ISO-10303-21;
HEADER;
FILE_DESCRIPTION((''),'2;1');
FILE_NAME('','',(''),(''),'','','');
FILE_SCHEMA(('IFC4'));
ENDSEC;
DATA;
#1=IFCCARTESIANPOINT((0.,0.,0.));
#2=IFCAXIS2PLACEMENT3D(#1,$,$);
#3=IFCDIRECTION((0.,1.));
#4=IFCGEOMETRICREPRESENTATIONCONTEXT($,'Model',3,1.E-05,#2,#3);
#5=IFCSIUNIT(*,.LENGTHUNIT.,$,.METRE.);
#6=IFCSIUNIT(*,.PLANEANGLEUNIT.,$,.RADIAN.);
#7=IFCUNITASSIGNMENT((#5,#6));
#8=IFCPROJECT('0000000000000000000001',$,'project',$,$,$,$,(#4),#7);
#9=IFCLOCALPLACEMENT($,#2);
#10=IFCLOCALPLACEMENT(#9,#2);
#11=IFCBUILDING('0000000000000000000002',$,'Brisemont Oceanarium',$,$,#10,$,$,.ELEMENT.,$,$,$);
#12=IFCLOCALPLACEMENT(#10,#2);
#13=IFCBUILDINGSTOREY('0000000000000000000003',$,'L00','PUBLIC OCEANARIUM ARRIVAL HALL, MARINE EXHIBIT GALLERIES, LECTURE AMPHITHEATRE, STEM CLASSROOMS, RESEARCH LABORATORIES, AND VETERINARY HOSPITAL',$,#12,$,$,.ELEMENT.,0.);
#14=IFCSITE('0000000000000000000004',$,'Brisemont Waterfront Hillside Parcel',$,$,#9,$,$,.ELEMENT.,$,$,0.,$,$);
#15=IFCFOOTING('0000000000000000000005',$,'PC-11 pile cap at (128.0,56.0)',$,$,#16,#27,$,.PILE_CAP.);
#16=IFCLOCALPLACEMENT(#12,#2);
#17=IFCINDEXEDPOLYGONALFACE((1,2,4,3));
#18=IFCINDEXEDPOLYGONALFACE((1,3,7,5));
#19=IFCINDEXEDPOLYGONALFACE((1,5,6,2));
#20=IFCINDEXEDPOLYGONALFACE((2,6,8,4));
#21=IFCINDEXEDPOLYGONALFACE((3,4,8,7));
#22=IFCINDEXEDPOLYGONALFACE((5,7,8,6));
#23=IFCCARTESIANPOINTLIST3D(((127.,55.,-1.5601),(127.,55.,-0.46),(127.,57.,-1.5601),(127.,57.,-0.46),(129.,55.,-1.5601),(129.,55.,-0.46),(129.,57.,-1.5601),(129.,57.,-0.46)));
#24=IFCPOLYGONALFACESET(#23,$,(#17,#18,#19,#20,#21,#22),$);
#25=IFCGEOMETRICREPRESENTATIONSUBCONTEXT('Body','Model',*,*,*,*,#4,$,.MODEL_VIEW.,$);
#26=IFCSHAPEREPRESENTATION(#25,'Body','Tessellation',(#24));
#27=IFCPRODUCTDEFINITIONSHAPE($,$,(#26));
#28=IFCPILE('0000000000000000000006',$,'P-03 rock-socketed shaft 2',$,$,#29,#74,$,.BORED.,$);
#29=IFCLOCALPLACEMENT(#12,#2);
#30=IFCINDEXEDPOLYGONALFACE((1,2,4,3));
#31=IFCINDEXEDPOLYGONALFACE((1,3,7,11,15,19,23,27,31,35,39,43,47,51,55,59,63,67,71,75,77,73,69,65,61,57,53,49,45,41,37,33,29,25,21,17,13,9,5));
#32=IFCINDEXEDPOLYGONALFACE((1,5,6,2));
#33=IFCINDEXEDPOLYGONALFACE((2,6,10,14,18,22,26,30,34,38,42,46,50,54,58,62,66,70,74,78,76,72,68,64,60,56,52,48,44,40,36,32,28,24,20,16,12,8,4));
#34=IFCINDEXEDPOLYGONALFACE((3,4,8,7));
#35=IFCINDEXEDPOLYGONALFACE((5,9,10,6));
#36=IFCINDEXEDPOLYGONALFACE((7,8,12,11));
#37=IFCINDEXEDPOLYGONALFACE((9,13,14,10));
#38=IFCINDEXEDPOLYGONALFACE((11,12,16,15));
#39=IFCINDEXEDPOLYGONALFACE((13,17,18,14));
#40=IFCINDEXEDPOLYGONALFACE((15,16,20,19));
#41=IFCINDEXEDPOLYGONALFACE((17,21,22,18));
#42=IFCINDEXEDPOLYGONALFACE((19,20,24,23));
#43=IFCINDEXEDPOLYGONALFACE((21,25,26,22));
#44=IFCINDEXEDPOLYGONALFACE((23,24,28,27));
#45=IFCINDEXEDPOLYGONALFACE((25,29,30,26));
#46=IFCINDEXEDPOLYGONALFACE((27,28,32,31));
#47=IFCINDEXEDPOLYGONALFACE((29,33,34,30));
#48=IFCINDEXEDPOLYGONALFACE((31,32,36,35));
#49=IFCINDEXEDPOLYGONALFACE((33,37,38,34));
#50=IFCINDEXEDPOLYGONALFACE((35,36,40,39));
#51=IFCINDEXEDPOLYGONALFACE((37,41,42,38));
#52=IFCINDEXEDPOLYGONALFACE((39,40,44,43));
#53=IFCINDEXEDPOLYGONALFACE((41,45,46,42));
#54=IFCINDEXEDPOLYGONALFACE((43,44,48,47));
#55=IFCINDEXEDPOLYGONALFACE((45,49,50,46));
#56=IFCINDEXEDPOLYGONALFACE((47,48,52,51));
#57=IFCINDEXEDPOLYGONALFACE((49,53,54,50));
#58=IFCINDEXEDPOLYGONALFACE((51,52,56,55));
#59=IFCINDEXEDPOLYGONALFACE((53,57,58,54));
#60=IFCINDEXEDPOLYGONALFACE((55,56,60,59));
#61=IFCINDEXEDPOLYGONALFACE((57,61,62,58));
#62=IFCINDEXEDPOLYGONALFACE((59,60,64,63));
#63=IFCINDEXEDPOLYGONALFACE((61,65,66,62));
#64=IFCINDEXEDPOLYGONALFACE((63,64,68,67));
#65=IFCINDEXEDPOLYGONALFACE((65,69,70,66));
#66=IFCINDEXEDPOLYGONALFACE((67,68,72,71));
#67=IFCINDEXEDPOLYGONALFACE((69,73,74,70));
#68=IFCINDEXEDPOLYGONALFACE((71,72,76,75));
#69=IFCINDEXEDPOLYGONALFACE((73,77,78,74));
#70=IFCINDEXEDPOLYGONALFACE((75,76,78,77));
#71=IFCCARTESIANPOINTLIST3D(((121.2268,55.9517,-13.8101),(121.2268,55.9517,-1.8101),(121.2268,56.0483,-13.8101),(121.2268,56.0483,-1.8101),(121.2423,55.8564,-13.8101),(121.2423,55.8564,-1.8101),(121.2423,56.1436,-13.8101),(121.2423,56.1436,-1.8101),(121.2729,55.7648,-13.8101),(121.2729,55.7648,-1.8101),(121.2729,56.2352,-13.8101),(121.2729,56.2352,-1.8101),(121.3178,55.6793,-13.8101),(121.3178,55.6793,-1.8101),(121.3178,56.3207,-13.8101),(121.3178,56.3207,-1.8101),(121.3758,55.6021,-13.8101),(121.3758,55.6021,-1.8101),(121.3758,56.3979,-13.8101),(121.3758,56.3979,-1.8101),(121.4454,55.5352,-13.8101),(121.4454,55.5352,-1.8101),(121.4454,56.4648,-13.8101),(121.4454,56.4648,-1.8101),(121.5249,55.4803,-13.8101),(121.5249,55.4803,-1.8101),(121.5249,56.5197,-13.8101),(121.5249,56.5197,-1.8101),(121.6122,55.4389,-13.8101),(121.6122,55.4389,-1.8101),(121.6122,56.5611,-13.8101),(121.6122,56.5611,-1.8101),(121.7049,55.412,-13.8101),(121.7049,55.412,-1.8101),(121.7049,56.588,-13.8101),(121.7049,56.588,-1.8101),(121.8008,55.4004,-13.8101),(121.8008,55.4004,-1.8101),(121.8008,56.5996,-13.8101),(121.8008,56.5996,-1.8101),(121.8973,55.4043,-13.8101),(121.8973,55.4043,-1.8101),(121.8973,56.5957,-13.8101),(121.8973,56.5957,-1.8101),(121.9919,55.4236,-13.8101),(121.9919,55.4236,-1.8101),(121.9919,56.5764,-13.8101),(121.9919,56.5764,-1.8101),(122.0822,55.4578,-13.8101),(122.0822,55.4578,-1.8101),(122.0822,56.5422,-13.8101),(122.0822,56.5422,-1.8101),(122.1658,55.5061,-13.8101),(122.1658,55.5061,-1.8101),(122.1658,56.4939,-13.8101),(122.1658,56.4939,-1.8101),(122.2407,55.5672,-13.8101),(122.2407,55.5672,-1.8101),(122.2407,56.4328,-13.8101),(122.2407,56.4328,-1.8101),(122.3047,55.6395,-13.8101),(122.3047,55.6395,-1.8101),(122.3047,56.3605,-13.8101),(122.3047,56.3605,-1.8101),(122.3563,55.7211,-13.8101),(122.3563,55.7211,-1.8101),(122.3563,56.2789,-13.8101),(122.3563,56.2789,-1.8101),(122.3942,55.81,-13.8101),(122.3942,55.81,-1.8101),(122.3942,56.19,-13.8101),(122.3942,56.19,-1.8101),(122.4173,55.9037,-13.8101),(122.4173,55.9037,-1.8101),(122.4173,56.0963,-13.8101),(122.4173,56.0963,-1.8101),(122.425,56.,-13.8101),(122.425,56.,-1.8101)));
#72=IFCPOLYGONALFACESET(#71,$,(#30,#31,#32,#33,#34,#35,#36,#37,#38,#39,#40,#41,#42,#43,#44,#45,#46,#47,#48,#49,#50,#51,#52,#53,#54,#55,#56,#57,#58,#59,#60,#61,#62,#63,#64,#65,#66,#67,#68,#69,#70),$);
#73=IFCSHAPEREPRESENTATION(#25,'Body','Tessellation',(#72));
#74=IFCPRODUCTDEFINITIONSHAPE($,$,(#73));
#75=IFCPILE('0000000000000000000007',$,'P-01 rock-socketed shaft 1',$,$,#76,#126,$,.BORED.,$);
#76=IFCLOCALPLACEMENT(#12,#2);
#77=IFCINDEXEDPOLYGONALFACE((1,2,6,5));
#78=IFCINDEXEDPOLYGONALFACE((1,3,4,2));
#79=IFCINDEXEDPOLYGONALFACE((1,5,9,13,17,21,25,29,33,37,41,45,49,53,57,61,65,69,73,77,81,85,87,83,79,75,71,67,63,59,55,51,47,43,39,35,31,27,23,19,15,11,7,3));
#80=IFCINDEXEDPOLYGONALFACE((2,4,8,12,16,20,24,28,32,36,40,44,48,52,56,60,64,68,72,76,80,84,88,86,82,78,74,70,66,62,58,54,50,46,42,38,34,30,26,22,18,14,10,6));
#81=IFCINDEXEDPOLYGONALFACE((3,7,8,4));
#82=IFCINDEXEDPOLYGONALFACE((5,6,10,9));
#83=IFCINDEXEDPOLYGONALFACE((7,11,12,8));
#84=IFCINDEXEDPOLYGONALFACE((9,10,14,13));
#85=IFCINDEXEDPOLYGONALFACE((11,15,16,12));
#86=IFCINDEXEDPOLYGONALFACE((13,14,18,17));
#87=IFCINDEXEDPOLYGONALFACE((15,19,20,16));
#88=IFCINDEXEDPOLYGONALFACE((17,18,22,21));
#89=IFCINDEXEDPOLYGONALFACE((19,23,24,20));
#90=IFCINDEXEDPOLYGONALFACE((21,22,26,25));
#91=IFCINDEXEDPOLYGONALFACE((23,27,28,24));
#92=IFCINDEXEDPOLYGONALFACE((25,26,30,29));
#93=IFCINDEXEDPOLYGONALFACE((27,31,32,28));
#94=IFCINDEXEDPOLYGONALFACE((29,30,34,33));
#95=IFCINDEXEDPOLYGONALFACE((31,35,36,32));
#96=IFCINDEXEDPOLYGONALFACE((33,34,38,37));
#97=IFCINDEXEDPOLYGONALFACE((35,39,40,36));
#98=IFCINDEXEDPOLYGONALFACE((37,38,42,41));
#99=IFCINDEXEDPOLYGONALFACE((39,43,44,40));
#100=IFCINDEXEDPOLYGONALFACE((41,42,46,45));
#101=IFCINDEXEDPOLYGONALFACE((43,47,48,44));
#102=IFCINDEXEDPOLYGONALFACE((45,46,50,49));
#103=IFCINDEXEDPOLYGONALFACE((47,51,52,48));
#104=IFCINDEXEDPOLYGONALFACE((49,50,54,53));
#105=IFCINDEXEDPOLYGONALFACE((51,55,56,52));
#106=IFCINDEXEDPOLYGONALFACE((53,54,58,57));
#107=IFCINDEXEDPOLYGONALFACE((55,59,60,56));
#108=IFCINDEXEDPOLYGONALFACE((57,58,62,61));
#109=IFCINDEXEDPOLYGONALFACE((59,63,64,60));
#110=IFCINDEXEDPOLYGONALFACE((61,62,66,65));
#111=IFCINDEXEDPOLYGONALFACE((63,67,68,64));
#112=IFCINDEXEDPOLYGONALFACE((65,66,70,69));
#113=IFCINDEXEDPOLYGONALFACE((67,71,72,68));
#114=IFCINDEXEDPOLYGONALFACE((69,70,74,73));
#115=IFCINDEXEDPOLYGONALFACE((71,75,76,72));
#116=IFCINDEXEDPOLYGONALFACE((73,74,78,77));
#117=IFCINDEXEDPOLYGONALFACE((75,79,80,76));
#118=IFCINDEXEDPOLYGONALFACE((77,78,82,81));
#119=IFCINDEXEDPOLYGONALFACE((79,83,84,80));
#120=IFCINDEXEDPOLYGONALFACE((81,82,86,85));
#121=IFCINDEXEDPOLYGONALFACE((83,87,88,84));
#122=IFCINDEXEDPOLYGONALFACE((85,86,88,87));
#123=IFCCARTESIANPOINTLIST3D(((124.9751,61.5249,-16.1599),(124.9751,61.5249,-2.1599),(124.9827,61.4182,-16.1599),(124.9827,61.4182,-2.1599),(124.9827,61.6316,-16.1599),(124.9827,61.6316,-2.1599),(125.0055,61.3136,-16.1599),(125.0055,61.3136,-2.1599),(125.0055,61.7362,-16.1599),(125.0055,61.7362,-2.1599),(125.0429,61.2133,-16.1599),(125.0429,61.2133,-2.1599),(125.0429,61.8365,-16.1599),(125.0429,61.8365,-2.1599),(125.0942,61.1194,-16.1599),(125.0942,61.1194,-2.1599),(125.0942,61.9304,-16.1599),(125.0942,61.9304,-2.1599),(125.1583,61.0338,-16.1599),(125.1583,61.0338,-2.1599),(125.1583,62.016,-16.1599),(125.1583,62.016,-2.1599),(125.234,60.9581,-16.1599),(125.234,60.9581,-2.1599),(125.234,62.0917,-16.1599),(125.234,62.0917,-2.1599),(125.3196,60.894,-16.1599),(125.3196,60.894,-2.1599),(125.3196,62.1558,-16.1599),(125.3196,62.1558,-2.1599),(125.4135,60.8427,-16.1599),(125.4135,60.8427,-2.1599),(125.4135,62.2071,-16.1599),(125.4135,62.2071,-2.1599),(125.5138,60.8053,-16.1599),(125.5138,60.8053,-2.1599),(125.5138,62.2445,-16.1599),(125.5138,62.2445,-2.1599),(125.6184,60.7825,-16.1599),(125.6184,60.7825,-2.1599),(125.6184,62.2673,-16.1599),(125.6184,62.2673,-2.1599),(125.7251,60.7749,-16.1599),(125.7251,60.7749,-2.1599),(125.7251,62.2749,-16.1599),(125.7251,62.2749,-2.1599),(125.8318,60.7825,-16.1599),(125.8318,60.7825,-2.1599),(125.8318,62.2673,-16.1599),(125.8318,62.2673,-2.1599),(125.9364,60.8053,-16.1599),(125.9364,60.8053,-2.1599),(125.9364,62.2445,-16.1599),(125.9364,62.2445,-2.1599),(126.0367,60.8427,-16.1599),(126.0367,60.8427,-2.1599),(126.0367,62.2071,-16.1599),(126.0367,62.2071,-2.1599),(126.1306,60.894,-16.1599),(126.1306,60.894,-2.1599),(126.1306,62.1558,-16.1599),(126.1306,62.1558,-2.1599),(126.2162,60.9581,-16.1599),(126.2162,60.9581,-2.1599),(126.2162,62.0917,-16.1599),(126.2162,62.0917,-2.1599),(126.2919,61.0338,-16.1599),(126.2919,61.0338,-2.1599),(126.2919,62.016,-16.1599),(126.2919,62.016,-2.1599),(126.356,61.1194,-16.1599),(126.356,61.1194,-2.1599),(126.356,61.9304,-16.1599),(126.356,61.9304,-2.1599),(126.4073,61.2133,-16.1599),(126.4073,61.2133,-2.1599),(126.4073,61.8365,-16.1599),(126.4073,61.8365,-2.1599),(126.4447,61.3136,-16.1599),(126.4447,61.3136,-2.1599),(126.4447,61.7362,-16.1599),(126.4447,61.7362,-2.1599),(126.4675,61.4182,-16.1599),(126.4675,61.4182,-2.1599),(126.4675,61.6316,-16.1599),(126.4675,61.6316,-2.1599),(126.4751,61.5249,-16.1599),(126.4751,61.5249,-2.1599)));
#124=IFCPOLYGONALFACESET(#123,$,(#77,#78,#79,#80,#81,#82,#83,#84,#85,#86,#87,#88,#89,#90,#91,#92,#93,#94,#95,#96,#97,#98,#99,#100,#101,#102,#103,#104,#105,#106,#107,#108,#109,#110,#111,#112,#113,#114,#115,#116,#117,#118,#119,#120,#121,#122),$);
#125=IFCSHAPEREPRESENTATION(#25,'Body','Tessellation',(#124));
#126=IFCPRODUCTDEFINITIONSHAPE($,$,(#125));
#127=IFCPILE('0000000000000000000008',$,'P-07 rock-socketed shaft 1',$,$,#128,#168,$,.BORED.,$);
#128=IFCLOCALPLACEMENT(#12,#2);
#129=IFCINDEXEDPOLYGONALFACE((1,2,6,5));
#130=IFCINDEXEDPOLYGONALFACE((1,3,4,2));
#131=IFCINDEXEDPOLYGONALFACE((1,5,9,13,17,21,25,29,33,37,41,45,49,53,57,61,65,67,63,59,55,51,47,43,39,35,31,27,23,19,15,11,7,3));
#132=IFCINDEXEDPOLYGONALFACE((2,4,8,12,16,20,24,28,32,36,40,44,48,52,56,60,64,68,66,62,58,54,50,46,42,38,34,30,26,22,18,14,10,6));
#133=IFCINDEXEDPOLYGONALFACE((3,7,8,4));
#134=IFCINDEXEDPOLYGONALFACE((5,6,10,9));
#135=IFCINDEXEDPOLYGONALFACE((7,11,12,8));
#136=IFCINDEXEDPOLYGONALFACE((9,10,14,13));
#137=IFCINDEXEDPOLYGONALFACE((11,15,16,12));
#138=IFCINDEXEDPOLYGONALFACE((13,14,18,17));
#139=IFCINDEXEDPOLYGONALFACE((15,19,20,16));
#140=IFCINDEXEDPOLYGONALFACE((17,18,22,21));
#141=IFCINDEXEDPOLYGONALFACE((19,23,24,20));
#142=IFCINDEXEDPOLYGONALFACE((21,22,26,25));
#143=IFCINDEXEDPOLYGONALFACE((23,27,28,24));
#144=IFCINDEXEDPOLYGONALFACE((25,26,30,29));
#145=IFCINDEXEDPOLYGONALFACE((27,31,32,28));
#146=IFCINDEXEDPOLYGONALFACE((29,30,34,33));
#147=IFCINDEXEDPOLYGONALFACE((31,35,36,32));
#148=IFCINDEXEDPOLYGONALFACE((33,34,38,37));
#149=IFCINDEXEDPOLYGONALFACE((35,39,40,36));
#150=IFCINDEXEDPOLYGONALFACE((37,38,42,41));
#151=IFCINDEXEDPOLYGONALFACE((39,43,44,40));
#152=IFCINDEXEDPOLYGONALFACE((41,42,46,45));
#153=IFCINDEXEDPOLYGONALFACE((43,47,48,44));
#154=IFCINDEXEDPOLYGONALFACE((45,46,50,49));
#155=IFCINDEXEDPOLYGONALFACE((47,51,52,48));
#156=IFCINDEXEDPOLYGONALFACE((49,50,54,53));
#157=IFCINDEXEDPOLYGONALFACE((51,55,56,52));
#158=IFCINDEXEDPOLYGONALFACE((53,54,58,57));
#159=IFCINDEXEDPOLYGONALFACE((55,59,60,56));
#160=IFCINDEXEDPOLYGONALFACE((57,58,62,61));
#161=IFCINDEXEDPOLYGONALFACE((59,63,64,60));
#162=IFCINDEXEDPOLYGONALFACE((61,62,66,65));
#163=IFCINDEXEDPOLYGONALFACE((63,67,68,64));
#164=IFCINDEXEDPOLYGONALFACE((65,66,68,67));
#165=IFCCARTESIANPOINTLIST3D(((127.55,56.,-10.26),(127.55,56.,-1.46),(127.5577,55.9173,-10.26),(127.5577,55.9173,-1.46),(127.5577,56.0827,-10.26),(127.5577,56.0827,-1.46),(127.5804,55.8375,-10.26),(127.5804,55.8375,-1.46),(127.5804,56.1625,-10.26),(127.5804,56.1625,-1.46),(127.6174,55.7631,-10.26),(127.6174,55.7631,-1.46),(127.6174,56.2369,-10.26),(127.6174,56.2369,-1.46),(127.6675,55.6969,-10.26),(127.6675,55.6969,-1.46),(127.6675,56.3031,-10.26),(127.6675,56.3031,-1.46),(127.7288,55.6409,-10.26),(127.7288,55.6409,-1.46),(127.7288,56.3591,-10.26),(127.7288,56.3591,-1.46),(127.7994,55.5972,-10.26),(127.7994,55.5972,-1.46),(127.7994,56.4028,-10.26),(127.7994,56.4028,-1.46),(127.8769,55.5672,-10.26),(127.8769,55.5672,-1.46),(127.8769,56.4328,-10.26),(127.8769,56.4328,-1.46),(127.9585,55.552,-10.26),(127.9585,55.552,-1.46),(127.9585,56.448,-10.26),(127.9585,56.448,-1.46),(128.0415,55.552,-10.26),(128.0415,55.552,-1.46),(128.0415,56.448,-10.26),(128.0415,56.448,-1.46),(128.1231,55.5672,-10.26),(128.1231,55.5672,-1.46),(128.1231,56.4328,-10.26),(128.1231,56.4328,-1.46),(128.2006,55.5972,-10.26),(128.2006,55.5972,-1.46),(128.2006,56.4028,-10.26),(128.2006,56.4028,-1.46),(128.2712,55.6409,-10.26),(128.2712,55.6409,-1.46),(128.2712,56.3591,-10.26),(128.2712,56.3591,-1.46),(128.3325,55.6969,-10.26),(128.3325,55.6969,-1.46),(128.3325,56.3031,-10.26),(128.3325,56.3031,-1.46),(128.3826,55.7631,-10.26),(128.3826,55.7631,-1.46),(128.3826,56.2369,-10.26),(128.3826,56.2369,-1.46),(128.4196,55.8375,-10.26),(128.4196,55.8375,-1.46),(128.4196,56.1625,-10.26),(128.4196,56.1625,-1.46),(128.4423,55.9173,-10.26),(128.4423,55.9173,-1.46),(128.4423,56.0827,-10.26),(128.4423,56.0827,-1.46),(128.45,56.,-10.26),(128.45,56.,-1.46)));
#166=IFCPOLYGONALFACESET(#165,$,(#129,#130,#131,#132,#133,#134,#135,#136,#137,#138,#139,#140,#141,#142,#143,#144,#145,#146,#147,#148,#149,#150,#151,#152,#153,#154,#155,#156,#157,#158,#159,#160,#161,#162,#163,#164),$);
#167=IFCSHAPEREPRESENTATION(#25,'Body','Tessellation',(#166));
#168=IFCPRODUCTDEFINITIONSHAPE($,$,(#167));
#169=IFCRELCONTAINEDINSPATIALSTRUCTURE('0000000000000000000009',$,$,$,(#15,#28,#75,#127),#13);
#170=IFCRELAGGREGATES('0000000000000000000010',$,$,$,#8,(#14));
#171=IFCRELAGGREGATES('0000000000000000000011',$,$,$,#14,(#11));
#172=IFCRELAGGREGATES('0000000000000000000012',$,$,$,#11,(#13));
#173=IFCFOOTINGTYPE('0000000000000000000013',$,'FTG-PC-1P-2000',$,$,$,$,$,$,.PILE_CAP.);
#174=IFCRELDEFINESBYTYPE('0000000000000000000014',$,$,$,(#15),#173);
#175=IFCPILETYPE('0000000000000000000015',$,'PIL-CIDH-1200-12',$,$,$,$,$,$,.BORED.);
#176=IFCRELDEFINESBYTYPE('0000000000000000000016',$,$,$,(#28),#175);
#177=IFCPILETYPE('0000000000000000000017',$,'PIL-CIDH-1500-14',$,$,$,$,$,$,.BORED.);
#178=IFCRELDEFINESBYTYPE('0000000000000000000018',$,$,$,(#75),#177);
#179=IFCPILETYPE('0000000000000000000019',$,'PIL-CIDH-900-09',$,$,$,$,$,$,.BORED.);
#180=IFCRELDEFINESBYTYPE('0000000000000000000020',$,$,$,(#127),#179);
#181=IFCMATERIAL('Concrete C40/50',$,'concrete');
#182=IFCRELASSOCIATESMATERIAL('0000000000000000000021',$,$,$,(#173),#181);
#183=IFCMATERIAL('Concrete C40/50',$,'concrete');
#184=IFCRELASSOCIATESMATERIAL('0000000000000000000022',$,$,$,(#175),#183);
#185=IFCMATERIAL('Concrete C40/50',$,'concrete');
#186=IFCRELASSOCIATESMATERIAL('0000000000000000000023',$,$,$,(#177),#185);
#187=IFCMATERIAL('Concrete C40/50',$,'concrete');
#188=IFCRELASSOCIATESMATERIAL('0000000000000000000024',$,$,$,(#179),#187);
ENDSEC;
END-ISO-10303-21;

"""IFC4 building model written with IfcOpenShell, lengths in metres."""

from ifc_helpers import new_model, si_unit, direction, frame, origin, origin_2d, place, context, subcontext, project, spatial, rectangle, circle, extrude, material, material_profile, profile_set, type_object, element, save


model = new_model("IFC4")

# Units and contexts
model_context = context("Model", 3, precision=1e-05, world=origin(), true_north=direction((0.0, 1.0)))
body_context = subcontext(model_context, "Body", "Model", "MODEL_VIEW")
ifc_project = project(units=[si_unit("LENGTHUNIT", "METRE"), si_unit("PLANEANGLEUNIT", "RADIAN")], contexts=[model_context])

# Site, building, storey
site_placement = place(None, origin())
site = spatial("IfcSite", under=ifc_project, at=site_placement, Name="Brisemont Waterfront Hillside Parcel", CompositionType="ELEMENT", RefElevation=0.0)
building_placement = place(site_placement, origin())
building = spatial("IfcBuilding", under=site, at=building_placement, Name="Brisemont Oceanarium", CompositionType="ELEMENT")
storey_placement = place(building_placement, origin())
storey = spatial("IfcBuildingStorey", under=building, at=storey_placement, Name="L00", Description="PUBLIC OCEANARIUM ARRIVAL HALL, MARINE EXHIBIT GALLERIES, LECTURE AMPHITHEATRE, STEM CLASSROOMS, RESEARCH LABORATORIES, AND VETERINARY HOSPITAL", CompositionType="ELEMENT", Elevation=0.0)

# Footing
ifc_material_1 = material(Name="Concrete C40/50", Category="concrete")
footing_type = type_object("IfcFootingType", Name="FTG-PC-1P-2000", PredefinedType="PILE_CAP", material=ifc_material_1)
footing_placement = place(storey_placement, frame((128.0, 56.0, -1.5601), z_axis=(0.0, 0.0, 1.0), x_axis=(1.0, 0.0, 0.0)))
element("IfcFooting", 1, at=footing_placement, inside=storey, type_object=footing_type, Name="PC-11 pile cap at (128.0,56.0)", PredefinedType="PILE_CAP", context=body_context, shape_type="SweptSolid", body=[
    extrude(rectangle(XDim=2.0, YDim=2.0, at=origin_2d()), origin(), (0.0, 0.0, 1.0), 1.1001),
])

# Piles
ifc_material_2 = material(Name="Concrete C40/50", Category="concrete")
ifc_material_profile_1 = material_profile(ifc_material_2, circle(Radius=0.6001, at=origin_2d()), Name="CIDH-D1200")
ifc_profile_set_1 = profile_set([ifc_material_profile_1], Name="Concrete C40/50")
pile_type_1 = type_object("IfcPileType", Name="PIL-CIDH-1200-12", PredefinedType="BORED", material=ifc_profile_set_1)
pile_1_placement = place(storey_placement, frame((121.825, 56.0, -1.8101), z_axis=(0.0, 0.0, -1.0), x_axis=(1.0, 0.0, 0.0)))
element("IfcPile", 2, at=pile_1_placement, inside=storey, type_object=pile_type_1, Name="P-03 rock-socketed shaft 2", PredefinedType="BORED", context=body_context, shape_type="SweptSolid", body=[
    extrude(circle(Radius=0.6001, at=origin_2d()), origin(), (0.0, 0.0, 1.0), 12.0),
])
ifc_material_3 = material(Name="Concrete C40/50", Category="concrete")
ifc_material_profile_2 = material_profile(ifc_material_3, circle(Radius=0.75, at=origin_2d()), Name="CIDH-D1500")
ifc_profile_set_2 = profile_set([ifc_material_profile_2], Name="Concrete C40/50")
pile_type_2 = type_object("IfcPileType", Name="PIL-CIDH-1500-14", PredefinedType="BORED", material=ifc_profile_set_2)
pile_2_placement = place(storey_placement, frame((125.7251, 61.5249, -2.1599), z_axis=(0.0, 0.0, -1.0), x_axis=(1.0, 0.0, 0.0)))
element("IfcPile", 3, at=pile_2_placement, inside=storey, type_object=pile_type_2, Name="P-01 rock-socketed shaft 1", PredefinedType="BORED", context=body_context, shape_type="SweptSolid", body=[
    extrude(circle(Radius=0.75, at=origin_2d()), origin(), (0.0, 0.0, 1.0), 14.0),
])
ifc_material_4 = material(Name="Concrete C40/50", Category="concrete")
ifc_material_profile_3 = material_profile(ifc_material_4, circle(Radius=0.45, at=origin_2d()), Name="CIDH-D900")
ifc_profile_set_3 = profile_set([ifc_material_profile_3], Name="Concrete C40/50")
pile_type_3 = type_object("IfcPileType", Name="PIL-CIDH-900-09", PredefinedType="BORED", material=ifc_profile_set_3)
pile_3_placement = place(storey_placement, frame((128.0, 56.0, -1.46), z_axis=(0.0, 0.0, -1.0), x_axis=(1.0, 0.0, 0.0)))
element("IfcPile", 4, at=pile_3_placement, inside=storey, type_object=pile_type_3, Name="P-07 rock-socketed shaft 1", PredefinedType="BORED", context=body_context, shape_type="SweptSolid", body=[
    extrude(circle(Radius=0.45, at=origin_2d()), origin(), (0.0, 0.0, 1.0), 8.8),
])

save(model, "model.ifc")
